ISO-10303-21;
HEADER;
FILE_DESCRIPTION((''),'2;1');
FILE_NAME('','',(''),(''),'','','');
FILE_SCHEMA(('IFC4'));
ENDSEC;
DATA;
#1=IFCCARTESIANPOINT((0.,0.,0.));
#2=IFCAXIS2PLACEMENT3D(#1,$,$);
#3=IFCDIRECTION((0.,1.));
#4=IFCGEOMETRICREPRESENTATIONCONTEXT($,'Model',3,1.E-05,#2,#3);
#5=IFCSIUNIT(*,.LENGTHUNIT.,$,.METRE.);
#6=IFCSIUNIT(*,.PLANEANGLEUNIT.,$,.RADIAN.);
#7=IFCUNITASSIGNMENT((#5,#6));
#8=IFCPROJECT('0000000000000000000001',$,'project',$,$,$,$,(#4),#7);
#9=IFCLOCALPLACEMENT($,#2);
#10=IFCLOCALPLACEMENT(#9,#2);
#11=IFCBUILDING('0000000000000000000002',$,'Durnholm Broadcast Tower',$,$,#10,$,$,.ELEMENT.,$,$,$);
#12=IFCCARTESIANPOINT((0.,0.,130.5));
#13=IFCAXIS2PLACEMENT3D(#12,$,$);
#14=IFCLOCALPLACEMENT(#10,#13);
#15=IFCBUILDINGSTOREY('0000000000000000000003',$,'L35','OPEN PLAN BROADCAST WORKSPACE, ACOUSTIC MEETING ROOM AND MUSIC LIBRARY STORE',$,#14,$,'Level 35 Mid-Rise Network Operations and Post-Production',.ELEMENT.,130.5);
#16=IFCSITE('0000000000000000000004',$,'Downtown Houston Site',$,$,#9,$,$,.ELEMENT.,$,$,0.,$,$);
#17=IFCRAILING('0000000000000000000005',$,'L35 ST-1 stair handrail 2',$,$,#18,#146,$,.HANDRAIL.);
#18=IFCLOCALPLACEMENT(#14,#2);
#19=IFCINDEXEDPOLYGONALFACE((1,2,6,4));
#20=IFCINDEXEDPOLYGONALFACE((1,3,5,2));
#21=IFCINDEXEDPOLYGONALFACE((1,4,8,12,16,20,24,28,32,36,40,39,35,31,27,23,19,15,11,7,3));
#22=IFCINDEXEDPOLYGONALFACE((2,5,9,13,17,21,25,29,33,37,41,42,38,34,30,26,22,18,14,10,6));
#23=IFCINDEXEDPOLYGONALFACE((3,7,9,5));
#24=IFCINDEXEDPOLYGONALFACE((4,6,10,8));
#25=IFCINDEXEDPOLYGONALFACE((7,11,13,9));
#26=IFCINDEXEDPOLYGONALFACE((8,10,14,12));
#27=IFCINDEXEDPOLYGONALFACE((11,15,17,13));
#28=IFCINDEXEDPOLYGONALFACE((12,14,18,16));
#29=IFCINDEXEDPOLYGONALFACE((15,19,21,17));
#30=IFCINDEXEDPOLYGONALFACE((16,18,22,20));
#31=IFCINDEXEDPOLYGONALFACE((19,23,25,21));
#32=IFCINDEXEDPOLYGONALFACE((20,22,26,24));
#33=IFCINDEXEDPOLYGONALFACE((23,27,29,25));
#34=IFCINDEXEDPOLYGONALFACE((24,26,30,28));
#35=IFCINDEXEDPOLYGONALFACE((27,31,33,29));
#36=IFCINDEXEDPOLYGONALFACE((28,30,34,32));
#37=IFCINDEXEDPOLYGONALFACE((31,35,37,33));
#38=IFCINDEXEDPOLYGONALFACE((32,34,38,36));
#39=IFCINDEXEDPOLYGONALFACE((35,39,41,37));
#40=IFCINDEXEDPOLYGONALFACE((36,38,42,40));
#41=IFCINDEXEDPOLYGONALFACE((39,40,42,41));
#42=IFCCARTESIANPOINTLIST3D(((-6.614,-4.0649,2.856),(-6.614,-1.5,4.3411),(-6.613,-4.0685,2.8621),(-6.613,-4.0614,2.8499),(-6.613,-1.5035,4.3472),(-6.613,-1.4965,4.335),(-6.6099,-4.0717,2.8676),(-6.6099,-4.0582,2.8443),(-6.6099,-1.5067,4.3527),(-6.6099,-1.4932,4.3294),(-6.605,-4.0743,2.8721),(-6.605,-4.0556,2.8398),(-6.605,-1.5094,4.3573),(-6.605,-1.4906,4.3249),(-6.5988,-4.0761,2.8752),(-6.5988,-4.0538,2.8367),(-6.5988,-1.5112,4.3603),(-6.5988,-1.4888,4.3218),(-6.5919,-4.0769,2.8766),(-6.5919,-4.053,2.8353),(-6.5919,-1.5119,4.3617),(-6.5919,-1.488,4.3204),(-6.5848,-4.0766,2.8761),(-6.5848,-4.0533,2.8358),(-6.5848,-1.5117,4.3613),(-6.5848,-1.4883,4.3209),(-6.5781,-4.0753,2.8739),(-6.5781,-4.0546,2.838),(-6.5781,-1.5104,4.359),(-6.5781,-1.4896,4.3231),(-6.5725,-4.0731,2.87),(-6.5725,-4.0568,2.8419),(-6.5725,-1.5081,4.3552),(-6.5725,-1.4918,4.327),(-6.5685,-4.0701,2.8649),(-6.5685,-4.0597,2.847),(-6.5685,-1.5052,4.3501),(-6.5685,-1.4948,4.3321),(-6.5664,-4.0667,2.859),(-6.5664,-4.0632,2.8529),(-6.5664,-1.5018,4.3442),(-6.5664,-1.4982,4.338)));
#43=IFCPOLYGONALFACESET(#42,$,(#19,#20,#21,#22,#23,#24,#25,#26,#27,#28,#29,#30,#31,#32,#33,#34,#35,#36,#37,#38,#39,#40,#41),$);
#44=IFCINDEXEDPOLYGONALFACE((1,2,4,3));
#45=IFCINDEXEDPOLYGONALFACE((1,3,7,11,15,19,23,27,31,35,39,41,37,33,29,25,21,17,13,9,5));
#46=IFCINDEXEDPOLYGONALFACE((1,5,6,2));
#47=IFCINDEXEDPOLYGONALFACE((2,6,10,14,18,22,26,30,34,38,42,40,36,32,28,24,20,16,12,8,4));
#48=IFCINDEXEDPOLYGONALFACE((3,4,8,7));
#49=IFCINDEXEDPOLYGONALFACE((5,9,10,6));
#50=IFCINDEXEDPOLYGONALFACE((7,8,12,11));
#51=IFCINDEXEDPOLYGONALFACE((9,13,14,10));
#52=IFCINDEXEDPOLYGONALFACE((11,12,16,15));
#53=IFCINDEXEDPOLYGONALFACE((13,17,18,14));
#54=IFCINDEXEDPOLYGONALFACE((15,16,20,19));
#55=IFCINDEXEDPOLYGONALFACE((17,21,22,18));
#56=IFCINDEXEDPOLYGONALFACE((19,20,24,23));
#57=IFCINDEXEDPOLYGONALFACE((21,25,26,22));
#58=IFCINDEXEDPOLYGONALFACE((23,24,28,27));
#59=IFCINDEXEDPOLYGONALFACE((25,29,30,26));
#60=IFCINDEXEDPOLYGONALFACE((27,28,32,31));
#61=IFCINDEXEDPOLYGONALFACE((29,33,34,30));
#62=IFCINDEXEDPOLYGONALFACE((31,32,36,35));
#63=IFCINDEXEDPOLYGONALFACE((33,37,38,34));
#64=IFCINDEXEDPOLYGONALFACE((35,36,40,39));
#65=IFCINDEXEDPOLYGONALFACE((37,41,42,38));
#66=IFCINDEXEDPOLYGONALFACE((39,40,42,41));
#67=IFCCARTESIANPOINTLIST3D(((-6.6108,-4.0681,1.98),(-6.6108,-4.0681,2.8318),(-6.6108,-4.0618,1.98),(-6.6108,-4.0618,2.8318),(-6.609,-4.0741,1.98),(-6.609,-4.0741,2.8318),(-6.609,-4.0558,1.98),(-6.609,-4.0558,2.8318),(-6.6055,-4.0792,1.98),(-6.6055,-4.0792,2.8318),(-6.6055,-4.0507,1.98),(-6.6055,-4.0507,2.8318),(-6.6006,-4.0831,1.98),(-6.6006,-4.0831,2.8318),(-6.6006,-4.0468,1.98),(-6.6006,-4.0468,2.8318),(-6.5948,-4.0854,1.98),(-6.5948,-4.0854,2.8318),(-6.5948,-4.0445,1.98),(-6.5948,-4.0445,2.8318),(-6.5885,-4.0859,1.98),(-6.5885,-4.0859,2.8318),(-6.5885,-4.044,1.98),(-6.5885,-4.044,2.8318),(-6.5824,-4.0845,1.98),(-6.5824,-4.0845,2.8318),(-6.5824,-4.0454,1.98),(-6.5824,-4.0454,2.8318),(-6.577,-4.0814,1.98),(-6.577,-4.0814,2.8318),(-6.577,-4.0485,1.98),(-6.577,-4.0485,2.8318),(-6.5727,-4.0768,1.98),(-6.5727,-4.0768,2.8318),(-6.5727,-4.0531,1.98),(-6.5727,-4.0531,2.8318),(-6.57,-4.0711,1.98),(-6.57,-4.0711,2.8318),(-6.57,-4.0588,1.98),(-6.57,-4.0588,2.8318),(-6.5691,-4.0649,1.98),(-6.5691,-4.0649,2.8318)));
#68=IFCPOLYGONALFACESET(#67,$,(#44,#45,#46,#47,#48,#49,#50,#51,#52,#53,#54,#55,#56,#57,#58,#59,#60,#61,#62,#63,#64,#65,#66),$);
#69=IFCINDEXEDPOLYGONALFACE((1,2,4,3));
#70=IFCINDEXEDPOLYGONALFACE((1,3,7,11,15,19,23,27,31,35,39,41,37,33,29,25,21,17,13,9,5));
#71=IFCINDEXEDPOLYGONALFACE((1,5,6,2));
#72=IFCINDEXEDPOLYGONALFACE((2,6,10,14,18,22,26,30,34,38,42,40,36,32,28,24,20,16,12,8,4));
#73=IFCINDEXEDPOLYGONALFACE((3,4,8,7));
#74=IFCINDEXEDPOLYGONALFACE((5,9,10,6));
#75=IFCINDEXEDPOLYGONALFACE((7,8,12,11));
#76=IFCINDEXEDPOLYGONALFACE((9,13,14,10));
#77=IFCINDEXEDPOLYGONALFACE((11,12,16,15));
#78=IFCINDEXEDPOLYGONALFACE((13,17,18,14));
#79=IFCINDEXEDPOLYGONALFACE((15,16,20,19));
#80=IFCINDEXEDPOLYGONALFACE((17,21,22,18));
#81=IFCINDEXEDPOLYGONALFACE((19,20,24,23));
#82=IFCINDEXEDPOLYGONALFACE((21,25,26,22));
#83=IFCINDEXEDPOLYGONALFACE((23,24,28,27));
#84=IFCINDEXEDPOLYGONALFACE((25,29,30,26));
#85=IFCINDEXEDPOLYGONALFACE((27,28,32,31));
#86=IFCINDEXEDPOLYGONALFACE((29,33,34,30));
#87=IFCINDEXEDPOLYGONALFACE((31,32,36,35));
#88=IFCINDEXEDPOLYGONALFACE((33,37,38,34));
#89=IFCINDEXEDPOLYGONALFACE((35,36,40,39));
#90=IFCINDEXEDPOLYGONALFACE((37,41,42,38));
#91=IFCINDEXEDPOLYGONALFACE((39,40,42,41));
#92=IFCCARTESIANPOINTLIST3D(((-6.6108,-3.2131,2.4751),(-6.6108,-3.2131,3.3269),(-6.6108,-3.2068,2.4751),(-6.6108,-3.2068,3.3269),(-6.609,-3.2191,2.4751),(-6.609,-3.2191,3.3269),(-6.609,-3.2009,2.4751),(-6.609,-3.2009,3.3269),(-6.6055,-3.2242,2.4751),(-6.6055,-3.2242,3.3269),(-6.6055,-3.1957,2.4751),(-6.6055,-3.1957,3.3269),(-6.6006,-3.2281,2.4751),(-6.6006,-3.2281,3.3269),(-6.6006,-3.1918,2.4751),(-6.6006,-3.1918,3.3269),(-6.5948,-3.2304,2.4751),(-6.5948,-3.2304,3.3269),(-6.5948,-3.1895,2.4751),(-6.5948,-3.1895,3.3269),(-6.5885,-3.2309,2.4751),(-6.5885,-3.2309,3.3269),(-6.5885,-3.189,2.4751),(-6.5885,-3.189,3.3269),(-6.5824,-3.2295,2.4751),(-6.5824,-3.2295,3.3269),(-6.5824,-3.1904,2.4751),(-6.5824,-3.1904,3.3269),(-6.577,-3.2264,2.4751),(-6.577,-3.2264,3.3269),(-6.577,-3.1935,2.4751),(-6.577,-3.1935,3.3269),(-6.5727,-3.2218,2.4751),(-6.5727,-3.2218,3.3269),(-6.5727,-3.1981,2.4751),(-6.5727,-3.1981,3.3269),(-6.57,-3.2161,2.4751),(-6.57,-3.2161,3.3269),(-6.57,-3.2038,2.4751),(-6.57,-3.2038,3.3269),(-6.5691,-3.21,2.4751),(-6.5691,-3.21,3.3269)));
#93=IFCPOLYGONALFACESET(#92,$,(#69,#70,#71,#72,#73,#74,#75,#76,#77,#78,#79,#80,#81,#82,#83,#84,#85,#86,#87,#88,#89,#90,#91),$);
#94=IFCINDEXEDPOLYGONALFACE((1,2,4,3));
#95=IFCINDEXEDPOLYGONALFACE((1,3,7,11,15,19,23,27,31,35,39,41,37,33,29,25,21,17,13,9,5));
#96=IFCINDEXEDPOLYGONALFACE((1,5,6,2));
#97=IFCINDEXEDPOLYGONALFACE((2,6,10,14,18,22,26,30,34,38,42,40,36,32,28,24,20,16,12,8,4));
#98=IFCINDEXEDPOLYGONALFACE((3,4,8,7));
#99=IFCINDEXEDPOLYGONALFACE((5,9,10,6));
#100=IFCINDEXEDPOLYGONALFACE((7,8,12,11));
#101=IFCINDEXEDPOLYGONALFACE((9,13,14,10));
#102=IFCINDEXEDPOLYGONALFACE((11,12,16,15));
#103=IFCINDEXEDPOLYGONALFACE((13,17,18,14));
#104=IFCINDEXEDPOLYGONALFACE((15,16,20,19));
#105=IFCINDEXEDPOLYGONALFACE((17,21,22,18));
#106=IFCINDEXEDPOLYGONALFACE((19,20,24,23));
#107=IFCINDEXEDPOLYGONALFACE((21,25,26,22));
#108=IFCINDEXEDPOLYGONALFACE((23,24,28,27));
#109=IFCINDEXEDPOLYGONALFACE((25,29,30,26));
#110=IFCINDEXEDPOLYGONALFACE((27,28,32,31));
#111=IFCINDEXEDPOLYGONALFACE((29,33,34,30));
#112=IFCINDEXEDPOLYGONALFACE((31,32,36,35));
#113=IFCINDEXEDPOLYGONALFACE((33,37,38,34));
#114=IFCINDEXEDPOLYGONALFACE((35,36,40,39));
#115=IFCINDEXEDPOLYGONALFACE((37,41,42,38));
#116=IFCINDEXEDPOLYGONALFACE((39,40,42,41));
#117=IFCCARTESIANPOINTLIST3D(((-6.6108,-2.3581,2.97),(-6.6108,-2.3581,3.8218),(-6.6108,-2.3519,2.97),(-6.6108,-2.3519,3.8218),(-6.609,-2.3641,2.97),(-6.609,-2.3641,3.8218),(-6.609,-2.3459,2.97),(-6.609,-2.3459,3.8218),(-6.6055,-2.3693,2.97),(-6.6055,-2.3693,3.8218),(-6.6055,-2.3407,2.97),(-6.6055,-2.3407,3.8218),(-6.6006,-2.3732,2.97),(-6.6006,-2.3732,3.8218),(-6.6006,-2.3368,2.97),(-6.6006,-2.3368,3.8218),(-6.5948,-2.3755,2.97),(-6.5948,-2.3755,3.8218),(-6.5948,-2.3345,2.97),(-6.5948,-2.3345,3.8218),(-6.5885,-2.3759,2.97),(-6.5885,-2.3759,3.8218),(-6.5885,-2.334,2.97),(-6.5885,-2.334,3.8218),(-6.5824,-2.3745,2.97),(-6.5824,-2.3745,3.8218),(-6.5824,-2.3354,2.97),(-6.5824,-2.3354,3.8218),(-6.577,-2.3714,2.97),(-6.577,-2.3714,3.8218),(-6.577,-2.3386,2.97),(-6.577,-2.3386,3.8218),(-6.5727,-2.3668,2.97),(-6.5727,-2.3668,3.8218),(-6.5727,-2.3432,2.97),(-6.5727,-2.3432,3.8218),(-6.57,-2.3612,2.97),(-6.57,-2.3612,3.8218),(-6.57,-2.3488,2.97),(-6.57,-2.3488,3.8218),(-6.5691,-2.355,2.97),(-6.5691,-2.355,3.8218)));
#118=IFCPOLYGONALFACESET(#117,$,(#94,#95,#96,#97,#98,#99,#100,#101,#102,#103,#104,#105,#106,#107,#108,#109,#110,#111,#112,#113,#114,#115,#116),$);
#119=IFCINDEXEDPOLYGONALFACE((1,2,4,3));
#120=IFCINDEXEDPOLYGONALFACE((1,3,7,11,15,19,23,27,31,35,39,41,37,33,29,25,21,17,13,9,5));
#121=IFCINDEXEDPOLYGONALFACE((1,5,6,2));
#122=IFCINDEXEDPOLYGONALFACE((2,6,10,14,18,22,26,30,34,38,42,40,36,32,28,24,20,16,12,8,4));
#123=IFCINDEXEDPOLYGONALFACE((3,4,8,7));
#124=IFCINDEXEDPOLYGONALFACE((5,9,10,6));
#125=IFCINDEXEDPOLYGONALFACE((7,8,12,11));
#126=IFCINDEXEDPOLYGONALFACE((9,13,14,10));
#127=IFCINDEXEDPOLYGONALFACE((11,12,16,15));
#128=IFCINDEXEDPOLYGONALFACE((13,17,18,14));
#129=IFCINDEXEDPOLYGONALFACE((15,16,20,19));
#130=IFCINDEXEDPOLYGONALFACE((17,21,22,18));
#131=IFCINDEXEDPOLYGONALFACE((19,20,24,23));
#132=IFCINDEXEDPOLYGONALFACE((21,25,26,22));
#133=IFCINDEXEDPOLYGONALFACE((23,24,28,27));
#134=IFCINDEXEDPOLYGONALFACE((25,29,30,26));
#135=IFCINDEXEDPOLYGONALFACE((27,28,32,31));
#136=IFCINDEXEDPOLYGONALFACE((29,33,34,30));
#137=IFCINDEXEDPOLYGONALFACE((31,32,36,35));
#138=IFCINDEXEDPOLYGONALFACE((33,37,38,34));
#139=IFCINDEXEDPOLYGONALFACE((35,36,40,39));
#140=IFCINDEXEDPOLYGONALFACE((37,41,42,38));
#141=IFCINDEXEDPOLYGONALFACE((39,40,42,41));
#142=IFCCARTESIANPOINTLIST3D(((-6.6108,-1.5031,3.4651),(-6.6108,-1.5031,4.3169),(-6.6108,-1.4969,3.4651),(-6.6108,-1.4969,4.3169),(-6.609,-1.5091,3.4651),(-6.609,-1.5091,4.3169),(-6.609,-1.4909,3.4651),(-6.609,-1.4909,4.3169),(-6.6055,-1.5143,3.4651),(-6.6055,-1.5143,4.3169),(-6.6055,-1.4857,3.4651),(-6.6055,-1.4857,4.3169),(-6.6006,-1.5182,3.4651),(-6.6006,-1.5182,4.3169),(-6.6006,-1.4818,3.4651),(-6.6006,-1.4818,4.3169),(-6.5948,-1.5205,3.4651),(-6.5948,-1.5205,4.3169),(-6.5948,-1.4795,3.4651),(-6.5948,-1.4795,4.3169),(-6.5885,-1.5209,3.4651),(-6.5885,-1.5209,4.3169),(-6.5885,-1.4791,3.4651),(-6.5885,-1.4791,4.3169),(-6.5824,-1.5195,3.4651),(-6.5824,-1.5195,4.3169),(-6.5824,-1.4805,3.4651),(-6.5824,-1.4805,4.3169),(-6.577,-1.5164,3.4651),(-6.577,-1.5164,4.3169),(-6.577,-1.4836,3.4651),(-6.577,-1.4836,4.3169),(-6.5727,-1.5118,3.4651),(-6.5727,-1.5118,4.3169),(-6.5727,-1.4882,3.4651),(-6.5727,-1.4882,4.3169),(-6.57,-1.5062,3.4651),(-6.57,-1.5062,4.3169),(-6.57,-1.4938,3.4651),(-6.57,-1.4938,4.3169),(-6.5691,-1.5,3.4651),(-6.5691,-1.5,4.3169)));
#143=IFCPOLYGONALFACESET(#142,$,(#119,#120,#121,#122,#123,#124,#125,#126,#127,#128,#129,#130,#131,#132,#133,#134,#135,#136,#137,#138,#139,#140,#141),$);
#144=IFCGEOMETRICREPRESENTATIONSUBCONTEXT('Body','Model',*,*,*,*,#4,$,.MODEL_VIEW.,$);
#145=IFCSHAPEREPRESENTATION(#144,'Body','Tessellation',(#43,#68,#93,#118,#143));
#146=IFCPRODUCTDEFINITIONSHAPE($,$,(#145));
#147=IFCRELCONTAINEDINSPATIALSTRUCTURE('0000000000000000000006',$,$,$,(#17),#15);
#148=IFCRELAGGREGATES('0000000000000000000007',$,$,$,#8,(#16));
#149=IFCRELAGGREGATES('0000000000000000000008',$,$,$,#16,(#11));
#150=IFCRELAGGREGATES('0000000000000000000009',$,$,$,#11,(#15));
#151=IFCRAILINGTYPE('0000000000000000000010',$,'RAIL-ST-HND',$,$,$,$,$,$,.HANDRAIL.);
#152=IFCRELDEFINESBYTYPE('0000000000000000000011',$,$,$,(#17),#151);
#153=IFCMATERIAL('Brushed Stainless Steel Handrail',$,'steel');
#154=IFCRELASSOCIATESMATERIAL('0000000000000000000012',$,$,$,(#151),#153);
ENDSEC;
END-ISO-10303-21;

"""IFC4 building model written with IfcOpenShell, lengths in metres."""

from ifc_helpers import new_model, si_unit, direction, frame, origin, origin_2d, place, context, subcontext, project, spatial, circle, extrude, material, type_object, element, save


model = new_model("IFC4")

# Units and contexts
model_context = context("Model", 3, precision=1e-05, world=origin(), true_north=direction((0.0, 1.0)))
body_context = subcontext(model_context, "Body", "Model", "MODEL_VIEW")
ifc_project = project(units=[si_unit("LENGTHUNIT", "METRE"), si_unit("PLANEANGLEUNIT", "RADIAN")], contexts=[model_context])

# Site, building, storey
site_placement = place(None, origin())
site = spatial("IfcSite", under=ifc_project, at=site_placement, Name="Downtown Houston Site", CompositionType="ELEMENT", RefElevation=0.0)
building_placement = place(site_placement, origin())
building = spatial("IfcBuilding", under=site, at=building_placement, Name="Durnholm Broadcast Tower", CompositionType="ELEMENT")
storey_placement = place(building_placement, frame((0.0, 0.0, 130.5)))
storey = spatial("IfcBuildingStorey", under=building, at=storey_placement, Name="L35", Description="OPEN PLAN BROADCAST WORKSPACE, ACOUSTIC MEETING ROOM AND MUSIC LIBRARY STORE", LongName="Level 35 Mid-Rise Network Operations and Post-Production", CompositionType="ELEMENT", Elevation=130.5)

# Railing
ifc_material_1 = material(Name="Brushed Stainless Steel Handrail", Category="steel")
railing_type_1 = type_object("IfcRailingType", Name="RAIL-ST-HND", PredefinedType="HANDRAIL", material=ifc_material_1)
railing_1_placement = place(storey_placement, frame((-6.5901, -4.0649, 1.98)))
element("IfcRailing", 1, at=railing_1_placement, inside=storey, type_object=railing_type_1, Name="L35 ST-1 stair handrail 2", PredefinedType="HANDRAIL", context=body_context, shape_type="SweptSolid", body=[
    extrude(circle(Radius=0.0239, at=origin_2d()), frame((0.0, 0.0, 0.876), z_axis=(0.0, 0.865406, 0.501072), x_axis=(-1.0, 0.0, 0.0)), (0.0, 0.0, 1.0), 2.9639),
    extrude(circle(Radius=0.021, at=origin_2d()), origin(), (0.0, 0.0, 1.0), 0.8518),
    extrude(circle(Radius=0.021, at=origin_2d()), frame((0.0, 0.855, 0.4951)), (0.0, 0.0, 1.0), 0.8518),
    extrude(circle(Radius=0.021, at=origin_2d()), frame((0.0, 1.71, 0.99)), (0.0, 0.0, 1.0), 0.8518),
    extrude(circle(Radius=0.021, at=origin_2d()), frame((0.0, 2.5649, 1.4851)), (0.0, 0.0, 1.0), 0.8518),
])

save(model, "model.ifc")
